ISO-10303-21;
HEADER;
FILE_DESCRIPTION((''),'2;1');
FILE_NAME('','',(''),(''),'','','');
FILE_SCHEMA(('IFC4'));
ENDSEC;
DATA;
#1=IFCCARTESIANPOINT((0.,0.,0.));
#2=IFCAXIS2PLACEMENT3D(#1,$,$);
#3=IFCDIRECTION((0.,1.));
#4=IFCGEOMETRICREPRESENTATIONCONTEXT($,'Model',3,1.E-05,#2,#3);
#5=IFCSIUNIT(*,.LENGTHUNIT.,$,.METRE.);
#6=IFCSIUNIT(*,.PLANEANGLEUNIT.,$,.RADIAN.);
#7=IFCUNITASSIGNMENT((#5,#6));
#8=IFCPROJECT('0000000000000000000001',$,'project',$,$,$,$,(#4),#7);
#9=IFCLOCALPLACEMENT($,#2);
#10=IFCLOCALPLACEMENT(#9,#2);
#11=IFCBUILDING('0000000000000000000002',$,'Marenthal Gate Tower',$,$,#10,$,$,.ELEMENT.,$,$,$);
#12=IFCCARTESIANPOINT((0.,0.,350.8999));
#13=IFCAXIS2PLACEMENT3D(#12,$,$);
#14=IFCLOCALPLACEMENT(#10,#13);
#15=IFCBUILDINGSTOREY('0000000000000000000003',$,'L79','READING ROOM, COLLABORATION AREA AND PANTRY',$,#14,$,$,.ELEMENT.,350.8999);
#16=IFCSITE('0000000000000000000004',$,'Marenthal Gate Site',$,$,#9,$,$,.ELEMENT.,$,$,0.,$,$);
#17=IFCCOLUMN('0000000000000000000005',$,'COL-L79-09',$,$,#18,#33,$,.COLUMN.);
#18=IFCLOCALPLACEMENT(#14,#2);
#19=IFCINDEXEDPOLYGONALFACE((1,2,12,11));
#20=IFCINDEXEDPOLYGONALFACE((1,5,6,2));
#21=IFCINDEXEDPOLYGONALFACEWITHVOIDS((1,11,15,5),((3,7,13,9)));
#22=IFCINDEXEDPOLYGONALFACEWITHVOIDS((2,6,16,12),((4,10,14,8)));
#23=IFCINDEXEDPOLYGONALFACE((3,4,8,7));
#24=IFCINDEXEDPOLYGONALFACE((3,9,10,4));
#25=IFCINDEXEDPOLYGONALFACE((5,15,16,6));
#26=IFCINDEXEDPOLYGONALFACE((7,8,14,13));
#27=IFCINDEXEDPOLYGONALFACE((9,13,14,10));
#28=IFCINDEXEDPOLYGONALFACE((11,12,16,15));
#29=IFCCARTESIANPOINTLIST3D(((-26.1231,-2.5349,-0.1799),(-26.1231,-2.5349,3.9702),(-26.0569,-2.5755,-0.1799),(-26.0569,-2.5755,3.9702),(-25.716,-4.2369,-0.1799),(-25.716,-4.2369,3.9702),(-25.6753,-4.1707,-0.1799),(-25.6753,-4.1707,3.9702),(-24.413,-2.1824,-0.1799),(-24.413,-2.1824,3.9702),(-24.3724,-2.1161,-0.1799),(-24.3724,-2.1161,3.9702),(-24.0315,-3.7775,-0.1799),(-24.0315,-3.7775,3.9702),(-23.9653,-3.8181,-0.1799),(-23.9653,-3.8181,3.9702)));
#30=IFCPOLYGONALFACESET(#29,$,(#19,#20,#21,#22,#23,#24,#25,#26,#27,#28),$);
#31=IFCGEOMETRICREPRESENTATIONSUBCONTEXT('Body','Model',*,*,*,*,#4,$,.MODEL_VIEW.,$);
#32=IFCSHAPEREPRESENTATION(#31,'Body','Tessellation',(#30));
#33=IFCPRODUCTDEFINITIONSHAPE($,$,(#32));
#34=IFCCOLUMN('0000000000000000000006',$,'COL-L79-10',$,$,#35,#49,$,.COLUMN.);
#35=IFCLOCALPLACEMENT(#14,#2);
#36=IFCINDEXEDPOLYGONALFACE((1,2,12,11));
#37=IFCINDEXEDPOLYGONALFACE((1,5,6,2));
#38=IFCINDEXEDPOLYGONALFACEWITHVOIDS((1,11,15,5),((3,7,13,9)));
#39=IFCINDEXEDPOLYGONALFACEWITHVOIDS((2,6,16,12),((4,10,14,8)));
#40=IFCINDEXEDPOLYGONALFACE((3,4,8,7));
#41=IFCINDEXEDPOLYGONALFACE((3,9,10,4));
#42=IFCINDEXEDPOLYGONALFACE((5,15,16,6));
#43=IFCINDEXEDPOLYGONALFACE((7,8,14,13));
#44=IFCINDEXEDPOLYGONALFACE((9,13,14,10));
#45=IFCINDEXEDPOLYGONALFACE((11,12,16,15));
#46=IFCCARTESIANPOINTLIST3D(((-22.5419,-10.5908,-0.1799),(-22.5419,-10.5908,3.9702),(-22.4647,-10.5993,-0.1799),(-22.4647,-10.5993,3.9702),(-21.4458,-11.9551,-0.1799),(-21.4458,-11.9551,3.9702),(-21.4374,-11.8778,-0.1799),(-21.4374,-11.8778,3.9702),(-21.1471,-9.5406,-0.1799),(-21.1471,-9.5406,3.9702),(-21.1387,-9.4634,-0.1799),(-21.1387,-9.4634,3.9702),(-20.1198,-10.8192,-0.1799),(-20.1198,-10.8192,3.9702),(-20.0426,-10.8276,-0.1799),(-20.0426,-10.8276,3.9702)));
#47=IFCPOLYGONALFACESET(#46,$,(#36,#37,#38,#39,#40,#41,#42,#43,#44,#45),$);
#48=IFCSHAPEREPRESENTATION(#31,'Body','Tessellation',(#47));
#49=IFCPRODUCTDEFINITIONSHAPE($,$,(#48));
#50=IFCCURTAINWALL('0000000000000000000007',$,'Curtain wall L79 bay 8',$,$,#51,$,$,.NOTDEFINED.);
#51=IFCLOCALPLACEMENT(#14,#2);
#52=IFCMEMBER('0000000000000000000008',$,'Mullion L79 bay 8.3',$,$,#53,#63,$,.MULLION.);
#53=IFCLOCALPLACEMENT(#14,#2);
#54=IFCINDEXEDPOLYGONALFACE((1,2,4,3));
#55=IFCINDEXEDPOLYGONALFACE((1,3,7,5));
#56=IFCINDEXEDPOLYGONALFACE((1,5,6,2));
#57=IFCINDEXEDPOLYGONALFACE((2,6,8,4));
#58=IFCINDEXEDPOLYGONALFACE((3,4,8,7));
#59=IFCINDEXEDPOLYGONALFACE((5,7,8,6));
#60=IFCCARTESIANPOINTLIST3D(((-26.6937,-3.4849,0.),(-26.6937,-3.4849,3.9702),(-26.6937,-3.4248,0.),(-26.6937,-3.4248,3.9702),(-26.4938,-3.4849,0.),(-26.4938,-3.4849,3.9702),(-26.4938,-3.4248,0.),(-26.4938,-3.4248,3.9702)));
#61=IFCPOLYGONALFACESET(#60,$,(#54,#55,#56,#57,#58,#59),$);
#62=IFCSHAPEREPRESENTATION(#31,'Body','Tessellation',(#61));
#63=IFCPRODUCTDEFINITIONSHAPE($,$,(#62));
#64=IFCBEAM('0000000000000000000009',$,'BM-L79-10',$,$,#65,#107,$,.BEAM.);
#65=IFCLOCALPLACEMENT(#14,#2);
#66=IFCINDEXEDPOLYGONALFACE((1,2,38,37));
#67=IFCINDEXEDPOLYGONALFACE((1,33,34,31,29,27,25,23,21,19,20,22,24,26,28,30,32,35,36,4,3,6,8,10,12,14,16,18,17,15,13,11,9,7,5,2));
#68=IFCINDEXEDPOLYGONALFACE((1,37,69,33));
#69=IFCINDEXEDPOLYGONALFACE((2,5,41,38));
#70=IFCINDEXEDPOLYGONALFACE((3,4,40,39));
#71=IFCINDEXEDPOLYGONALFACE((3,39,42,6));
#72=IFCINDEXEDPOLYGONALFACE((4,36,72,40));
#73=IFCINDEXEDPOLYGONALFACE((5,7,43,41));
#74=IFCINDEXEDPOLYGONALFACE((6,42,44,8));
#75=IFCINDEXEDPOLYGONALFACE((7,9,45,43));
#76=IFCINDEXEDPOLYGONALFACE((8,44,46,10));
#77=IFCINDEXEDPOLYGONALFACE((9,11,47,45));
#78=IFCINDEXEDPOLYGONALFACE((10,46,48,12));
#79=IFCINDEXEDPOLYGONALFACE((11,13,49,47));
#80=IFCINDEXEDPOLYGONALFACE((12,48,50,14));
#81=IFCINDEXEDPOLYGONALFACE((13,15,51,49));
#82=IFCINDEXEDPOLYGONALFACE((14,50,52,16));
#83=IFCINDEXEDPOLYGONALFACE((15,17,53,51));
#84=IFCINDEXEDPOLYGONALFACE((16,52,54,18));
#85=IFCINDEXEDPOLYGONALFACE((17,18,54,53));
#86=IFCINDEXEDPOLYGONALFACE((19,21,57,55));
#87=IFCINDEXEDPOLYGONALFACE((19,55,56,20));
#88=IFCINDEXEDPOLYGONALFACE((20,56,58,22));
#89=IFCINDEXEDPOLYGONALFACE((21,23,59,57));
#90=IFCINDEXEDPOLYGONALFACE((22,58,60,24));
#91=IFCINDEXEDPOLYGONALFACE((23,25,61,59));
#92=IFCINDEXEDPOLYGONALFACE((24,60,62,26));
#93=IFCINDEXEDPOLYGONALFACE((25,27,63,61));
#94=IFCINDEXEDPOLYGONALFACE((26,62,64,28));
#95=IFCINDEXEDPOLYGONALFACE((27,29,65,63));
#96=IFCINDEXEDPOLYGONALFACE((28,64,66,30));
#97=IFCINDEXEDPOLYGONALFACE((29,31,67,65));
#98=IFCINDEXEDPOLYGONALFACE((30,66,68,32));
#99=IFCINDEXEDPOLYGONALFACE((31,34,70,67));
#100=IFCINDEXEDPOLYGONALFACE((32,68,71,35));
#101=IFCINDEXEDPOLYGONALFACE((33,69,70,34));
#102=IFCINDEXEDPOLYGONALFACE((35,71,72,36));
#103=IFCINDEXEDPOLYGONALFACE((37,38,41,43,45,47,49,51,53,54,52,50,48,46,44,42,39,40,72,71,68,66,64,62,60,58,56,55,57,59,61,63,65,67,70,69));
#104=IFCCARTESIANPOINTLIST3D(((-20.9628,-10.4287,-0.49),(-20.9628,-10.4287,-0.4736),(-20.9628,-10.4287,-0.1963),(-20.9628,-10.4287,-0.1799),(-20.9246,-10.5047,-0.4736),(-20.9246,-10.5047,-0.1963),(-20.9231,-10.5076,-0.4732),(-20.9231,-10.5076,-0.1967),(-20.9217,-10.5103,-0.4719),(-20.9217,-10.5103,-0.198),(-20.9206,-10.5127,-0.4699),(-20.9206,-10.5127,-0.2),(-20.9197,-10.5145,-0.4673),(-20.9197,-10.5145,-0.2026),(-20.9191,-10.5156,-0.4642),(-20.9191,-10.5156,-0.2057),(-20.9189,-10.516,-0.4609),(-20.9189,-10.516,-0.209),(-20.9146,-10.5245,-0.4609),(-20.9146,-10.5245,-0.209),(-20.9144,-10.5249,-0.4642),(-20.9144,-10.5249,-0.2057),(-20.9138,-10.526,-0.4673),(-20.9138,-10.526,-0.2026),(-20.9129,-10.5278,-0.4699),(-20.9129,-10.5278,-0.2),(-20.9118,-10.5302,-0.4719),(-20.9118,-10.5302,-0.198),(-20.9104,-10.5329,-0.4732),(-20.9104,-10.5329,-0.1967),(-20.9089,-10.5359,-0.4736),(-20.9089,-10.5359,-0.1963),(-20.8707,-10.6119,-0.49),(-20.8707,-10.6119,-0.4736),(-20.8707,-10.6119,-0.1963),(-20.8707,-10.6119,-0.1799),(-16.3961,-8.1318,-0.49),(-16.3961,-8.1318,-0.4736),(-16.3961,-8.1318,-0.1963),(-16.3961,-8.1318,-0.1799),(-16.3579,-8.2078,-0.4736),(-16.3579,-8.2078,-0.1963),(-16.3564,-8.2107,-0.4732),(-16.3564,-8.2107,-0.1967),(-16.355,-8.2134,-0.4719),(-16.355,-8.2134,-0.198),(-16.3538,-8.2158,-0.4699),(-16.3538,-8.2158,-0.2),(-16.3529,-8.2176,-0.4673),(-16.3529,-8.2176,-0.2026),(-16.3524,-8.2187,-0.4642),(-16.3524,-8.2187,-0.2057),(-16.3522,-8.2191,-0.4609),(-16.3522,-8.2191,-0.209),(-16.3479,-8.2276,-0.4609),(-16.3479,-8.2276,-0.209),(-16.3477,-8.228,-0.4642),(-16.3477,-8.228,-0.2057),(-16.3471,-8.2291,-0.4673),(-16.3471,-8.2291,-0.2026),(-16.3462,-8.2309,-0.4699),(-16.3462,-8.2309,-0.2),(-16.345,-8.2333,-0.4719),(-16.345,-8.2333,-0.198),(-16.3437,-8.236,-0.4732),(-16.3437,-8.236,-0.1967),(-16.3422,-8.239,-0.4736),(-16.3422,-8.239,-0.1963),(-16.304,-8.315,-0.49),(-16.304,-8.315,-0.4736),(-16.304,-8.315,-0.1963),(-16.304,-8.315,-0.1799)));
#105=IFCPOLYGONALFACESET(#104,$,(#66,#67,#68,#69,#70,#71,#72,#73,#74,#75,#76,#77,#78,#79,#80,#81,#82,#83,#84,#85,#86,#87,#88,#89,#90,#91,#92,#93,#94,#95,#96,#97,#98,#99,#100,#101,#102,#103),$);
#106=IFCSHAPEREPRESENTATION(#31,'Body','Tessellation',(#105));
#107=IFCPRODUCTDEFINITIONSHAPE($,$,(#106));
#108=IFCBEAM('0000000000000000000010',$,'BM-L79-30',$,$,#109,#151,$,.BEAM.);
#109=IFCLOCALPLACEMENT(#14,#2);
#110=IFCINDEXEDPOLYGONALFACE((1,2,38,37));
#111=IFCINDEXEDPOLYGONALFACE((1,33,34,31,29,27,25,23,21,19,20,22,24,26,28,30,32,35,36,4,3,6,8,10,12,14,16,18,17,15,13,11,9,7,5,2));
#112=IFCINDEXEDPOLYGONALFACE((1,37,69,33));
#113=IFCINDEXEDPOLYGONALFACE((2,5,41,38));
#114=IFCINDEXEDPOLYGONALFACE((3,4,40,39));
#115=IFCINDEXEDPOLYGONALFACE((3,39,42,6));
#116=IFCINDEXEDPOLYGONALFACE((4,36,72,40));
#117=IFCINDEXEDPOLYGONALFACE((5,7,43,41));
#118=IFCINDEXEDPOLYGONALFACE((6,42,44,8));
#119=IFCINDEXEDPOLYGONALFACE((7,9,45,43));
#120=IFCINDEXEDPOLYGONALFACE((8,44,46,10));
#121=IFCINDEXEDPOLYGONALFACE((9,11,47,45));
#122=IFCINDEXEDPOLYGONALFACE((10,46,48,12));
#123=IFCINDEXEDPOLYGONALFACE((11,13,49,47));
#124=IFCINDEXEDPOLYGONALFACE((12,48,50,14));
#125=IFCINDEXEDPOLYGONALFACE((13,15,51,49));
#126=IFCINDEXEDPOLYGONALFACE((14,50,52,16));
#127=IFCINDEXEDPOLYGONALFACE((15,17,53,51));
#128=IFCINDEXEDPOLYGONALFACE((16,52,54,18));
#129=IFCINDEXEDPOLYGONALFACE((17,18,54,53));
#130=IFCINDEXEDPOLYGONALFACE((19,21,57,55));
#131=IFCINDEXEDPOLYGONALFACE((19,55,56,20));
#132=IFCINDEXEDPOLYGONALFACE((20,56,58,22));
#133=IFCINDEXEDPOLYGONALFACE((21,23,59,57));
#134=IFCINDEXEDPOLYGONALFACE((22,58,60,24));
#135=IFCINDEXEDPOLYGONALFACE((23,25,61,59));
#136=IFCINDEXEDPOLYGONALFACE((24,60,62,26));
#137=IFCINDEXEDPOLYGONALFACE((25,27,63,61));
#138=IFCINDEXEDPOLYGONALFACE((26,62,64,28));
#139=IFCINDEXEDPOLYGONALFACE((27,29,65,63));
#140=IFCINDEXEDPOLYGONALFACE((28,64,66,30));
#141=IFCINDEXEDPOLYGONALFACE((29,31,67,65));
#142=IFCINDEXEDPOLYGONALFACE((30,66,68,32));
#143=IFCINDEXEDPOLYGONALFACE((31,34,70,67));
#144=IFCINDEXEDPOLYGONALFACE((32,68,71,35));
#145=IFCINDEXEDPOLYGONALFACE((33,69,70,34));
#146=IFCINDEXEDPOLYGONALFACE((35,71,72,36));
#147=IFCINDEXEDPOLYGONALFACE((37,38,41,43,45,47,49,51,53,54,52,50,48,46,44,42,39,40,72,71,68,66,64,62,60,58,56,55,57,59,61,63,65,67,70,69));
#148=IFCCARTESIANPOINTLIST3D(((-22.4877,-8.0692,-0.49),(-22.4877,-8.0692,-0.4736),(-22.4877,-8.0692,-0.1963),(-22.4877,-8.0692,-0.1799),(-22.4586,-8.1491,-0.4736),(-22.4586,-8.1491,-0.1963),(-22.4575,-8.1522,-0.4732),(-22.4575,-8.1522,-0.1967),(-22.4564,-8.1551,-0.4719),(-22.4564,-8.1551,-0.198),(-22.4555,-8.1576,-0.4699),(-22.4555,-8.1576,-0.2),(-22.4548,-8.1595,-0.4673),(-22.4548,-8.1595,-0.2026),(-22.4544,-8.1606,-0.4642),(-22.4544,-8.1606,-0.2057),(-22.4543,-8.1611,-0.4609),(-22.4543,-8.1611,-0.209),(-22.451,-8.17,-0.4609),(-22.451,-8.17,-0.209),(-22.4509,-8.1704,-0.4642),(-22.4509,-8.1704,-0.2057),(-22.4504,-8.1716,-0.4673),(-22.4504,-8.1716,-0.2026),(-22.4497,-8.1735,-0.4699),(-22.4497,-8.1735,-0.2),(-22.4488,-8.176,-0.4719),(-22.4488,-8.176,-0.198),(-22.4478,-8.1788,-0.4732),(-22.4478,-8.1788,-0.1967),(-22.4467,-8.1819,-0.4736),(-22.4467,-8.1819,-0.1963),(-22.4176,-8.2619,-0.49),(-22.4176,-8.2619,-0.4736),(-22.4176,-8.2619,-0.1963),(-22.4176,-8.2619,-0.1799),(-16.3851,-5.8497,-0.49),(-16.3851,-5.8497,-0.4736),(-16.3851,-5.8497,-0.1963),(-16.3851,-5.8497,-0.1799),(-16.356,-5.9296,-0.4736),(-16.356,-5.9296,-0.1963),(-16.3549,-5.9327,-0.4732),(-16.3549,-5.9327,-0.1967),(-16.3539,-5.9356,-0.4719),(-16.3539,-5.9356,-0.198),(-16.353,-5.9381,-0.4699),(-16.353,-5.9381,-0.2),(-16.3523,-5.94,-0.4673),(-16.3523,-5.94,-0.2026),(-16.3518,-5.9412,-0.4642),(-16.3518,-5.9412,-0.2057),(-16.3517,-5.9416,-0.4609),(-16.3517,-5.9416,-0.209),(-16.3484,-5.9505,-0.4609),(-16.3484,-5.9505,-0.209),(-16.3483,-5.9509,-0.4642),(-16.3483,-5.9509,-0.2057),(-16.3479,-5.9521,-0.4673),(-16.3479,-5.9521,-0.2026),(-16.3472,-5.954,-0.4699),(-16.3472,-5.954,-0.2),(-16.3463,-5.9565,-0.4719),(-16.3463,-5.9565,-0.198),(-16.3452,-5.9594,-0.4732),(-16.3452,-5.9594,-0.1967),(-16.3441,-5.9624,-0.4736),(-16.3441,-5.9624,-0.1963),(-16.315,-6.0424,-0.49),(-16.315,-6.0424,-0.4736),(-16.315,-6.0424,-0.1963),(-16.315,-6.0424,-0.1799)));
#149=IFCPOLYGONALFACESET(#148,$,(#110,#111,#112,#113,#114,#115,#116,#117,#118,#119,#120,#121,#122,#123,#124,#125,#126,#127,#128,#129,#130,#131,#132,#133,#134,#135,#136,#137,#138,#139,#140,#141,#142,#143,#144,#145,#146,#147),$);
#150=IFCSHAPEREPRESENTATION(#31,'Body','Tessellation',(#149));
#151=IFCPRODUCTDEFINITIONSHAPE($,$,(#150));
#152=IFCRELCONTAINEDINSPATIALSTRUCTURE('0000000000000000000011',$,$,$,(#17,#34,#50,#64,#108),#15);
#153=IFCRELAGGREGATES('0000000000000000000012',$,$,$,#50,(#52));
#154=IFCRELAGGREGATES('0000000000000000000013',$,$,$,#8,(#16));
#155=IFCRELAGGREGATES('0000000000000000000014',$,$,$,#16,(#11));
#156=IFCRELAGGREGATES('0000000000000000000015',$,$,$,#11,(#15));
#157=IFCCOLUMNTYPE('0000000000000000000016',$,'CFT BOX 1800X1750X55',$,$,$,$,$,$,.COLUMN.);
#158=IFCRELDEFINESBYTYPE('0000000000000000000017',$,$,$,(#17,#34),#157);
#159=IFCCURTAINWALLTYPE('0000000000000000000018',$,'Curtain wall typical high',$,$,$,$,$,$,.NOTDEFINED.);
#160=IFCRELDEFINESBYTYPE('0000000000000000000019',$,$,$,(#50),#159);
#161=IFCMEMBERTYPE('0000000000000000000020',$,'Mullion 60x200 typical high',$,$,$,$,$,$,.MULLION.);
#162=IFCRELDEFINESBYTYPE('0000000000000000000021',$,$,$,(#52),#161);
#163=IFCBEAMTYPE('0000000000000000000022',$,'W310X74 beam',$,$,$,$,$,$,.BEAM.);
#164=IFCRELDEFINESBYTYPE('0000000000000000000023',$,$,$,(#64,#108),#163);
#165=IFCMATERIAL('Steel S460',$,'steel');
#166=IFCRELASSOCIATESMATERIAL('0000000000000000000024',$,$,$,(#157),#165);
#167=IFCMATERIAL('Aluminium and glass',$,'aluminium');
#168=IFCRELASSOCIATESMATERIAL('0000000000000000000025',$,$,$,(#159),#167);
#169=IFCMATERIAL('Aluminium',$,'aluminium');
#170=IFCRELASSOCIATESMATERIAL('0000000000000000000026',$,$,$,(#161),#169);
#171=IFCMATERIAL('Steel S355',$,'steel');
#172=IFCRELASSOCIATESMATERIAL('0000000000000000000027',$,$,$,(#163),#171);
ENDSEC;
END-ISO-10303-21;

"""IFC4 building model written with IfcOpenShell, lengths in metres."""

from ifc_helpers import new_model, si_unit, direction, frame, origin, origin_2d, place, context, subcontext, project, spatial, rectangle, hollow_rectangle, i_section, extrude, material, material_profile, profile_set, type_object, element, aggregate, save


model = new_model("IFC4")

# Units and contexts
model_context = context("Model", 3, precision=1e-05, world=origin(), true_north=direction((0.0, 1.0)))
body_context = subcontext(model_context, "Body", "Model", "MODEL_VIEW")
ifc_project = project(units=[si_unit("LENGTHUNIT", "METRE"), si_unit("PLANEANGLEUNIT", "RADIAN")], contexts=[model_context])

# Site, building, storey
site_placement = place(None, origin())
site = spatial("IfcSite", under=ifc_project, at=site_placement, Name="Marenthal Gate Site", CompositionType="ELEMENT", RefElevation=0.0)
building_placement = place(site_placement, origin())
building = spatial("IfcBuilding", under=site, at=building_placement, Name="Marenthal Gate Tower", CompositionType="ELEMENT")
storey_placement = place(building_placement, frame((0.0, 0.0, 350.8999)))
storey = spatial("IfcBuildingStorey", under=building, at=storey_placement, Name="L79", Description="READING ROOM, COLLABORATION AREA AND PANTRY", CompositionType="ELEMENT", Elevation=350.8999)

# Columns
ifc_material_1 = material(Name="Steel S460", Category="steel")
ifc_material_profile_1 = material_profile(ifc_material_1, hollow_rectangle(XDim=1.75, YDim=1.8, WallThickness=0.0549, at=origin_2d()), Name="CFT BOX 1800X1750X55")
ifc_material_2 = material(Name="Concrete 70 MPa", Category="concrete")
ifc_material_profile_2 = material_profile(ifc_material_2, rectangle(XDim=1.6399, YDim=1.6899, at=origin_2d()), Name="CFT BOX 1800X1750X55 INFILL")
ifc_profile_set_1 = profile_set([ifc_material_profile_1, ifc_material_profile_2], Name="Steel S460 shell, Concrete 70 MPa infill")
column_type = type_object("IfcColumnType", Name="CFT BOX 1800X1750X55", PredefinedType="COLUMN", material=ifc_profile_set_1)
for number, where, z_axis, x_axis, name in (
    (1, (-25.0442, -3.1765, -0.1799), (0.0, 0.0, 1.0), (-0.232626, 0.972566, 0.0), "COL-L79-09"),
    (2, (-21.2922, -10.7092, -0.1799), (0.0, 0.0, 1.0), (-0.626344, 0.779547, 0.0), "COL-L79-10"),
):
    element("IfcColumn", number, at=place(storey_placement, frame(where, z_axis=z_axis, x_axis=x_axis)), inside=storey, type_object=column_type, Name=name, PredefinedType="COLUMN", context=body_context, shape_type="SweptSolid", body=[
        extrude(hollow_rectangle(XDim=1.75, YDim=1.8, WallThickness=0.0549, at=origin_2d()), origin(), (0.0, 0.0, 1.0), 4.1501),
    ])

# Curtain wall, member
ifc_material_3 = material(Name="Aluminium and glass", Category="aluminium")
curtain_wall_type = type_object("IfcCurtainWallType", Name="Curtain wall typical high", PredefinedType="NOTDEFINED", material=ifc_material_3)
curtain_wall_placement = place(storey_placement, origin())
curtain_wall = element("IfcCurtainWall", 3, at=curtain_wall_placement, inside=storey, type_object=curtain_wall_type, Name="Curtain wall L79 bay 8", PredefinedType="NOTDEFINED")
ifc_material_4 = material(Name="Aluminium", Category="aluminium")
ifc_material_profile_3 = material_profile(ifc_material_4, rectangle(XDim=0.2, YDim=0.0601, at=origin_2d()), Name="60x200 aluminium mullion")
ifc_profile_set_2 = profile_set([ifc_material_profile_3], Name="Aluminium")
member_type = type_object("IfcMemberType", Name="Mullion 60x200 typical high", PredefinedType="MULLION", material=ifc_profile_set_2)
member_placement = place(storey_placement, frame((-26.5938, -3.4548, 0.0), z_axis=(0.0, 0.0, 1.0), x_axis=(1.0, 0.0, 0.0)))
member = element("IfcMember", 4, at=member_placement, type_object=member_type, Name="Mullion L79 bay 8.3", PredefinedType="MULLION", context=body_context, shape_type="SweptSolid", body=[
    extrude(rectangle(XDim=0.2, YDim=0.0601, at=origin_2d()), origin(), (0.0, 0.0, 1.0), 3.9702),
])

# Beams
ifc_material_5 = material(Name="Steel S355", Category="steel")
ifc_material_profile_4 = material_profile(ifc_material_5, i_section(OverallWidth=0.2051, OverallDepth=0.3101, WebThickness=0.0095, FlangeThickness=0.0164, FilletRadius=0.0127, at=origin_2d()), Name="W310X74")
ifc_profile_set_3 = profile_set([ifc_material_profile_4], Name="Steel S355")
beam_type_1 = type_object("IfcBeamType", Name="W310X74 beam", PredefinedType="BEAM", material=ifc_profile_set_3)
beam_1_placement = place(storey_placement, frame((-20.9167, -10.5203, -0.335), z_axis=(0.893364, 0.449333, 0.0), x_axis=(-0.449333, 0.893364, 0.0)))
element("IfcBeam", 5, at=beam_1_placement, inside=storey, type_object=beam_type_1, Name="BM-L79-10", PredefinedType="BEAM", context=body_context, shape_type="SweptSolid", body=[
    extrude(i_section(OverallWidth=0.2051, OverallDepth=0.3101, WebThickness=0.0095, FlangeThickness=0.0164, FilletRadius=0.0127, at=origin_2d()), origin(), (0.0, 0.0, 1.0), 5.1118),
])
beam_2_placement = place(storey_placement, frame((-22.4526, -8.1655, -0.335), z_axis=(0.939775, 0.341794, 0.0), x_axis=(-0.341794, 0.939775, 0.0)))
element("IfcBeam", 6, at=beam_2_placement, inside=storey, type_object=beam_type_1, Name="BM-L79-30", PredefinedType="BEAM", context=body_context, shape_type="SweptSolid", body=[
    extrude(i_section(OverallWidth=0.2051, OverallDepth=0.3101, WebThickness=0.0095, FlangeThickness=0.0164, FilletRadius=0.0127, at=origin_2d()), origin(), (0.0, 0.0, 1.0), 6.4937),
])

aggregate(curtain_wall, [member])

save(model, "model.ifc")
